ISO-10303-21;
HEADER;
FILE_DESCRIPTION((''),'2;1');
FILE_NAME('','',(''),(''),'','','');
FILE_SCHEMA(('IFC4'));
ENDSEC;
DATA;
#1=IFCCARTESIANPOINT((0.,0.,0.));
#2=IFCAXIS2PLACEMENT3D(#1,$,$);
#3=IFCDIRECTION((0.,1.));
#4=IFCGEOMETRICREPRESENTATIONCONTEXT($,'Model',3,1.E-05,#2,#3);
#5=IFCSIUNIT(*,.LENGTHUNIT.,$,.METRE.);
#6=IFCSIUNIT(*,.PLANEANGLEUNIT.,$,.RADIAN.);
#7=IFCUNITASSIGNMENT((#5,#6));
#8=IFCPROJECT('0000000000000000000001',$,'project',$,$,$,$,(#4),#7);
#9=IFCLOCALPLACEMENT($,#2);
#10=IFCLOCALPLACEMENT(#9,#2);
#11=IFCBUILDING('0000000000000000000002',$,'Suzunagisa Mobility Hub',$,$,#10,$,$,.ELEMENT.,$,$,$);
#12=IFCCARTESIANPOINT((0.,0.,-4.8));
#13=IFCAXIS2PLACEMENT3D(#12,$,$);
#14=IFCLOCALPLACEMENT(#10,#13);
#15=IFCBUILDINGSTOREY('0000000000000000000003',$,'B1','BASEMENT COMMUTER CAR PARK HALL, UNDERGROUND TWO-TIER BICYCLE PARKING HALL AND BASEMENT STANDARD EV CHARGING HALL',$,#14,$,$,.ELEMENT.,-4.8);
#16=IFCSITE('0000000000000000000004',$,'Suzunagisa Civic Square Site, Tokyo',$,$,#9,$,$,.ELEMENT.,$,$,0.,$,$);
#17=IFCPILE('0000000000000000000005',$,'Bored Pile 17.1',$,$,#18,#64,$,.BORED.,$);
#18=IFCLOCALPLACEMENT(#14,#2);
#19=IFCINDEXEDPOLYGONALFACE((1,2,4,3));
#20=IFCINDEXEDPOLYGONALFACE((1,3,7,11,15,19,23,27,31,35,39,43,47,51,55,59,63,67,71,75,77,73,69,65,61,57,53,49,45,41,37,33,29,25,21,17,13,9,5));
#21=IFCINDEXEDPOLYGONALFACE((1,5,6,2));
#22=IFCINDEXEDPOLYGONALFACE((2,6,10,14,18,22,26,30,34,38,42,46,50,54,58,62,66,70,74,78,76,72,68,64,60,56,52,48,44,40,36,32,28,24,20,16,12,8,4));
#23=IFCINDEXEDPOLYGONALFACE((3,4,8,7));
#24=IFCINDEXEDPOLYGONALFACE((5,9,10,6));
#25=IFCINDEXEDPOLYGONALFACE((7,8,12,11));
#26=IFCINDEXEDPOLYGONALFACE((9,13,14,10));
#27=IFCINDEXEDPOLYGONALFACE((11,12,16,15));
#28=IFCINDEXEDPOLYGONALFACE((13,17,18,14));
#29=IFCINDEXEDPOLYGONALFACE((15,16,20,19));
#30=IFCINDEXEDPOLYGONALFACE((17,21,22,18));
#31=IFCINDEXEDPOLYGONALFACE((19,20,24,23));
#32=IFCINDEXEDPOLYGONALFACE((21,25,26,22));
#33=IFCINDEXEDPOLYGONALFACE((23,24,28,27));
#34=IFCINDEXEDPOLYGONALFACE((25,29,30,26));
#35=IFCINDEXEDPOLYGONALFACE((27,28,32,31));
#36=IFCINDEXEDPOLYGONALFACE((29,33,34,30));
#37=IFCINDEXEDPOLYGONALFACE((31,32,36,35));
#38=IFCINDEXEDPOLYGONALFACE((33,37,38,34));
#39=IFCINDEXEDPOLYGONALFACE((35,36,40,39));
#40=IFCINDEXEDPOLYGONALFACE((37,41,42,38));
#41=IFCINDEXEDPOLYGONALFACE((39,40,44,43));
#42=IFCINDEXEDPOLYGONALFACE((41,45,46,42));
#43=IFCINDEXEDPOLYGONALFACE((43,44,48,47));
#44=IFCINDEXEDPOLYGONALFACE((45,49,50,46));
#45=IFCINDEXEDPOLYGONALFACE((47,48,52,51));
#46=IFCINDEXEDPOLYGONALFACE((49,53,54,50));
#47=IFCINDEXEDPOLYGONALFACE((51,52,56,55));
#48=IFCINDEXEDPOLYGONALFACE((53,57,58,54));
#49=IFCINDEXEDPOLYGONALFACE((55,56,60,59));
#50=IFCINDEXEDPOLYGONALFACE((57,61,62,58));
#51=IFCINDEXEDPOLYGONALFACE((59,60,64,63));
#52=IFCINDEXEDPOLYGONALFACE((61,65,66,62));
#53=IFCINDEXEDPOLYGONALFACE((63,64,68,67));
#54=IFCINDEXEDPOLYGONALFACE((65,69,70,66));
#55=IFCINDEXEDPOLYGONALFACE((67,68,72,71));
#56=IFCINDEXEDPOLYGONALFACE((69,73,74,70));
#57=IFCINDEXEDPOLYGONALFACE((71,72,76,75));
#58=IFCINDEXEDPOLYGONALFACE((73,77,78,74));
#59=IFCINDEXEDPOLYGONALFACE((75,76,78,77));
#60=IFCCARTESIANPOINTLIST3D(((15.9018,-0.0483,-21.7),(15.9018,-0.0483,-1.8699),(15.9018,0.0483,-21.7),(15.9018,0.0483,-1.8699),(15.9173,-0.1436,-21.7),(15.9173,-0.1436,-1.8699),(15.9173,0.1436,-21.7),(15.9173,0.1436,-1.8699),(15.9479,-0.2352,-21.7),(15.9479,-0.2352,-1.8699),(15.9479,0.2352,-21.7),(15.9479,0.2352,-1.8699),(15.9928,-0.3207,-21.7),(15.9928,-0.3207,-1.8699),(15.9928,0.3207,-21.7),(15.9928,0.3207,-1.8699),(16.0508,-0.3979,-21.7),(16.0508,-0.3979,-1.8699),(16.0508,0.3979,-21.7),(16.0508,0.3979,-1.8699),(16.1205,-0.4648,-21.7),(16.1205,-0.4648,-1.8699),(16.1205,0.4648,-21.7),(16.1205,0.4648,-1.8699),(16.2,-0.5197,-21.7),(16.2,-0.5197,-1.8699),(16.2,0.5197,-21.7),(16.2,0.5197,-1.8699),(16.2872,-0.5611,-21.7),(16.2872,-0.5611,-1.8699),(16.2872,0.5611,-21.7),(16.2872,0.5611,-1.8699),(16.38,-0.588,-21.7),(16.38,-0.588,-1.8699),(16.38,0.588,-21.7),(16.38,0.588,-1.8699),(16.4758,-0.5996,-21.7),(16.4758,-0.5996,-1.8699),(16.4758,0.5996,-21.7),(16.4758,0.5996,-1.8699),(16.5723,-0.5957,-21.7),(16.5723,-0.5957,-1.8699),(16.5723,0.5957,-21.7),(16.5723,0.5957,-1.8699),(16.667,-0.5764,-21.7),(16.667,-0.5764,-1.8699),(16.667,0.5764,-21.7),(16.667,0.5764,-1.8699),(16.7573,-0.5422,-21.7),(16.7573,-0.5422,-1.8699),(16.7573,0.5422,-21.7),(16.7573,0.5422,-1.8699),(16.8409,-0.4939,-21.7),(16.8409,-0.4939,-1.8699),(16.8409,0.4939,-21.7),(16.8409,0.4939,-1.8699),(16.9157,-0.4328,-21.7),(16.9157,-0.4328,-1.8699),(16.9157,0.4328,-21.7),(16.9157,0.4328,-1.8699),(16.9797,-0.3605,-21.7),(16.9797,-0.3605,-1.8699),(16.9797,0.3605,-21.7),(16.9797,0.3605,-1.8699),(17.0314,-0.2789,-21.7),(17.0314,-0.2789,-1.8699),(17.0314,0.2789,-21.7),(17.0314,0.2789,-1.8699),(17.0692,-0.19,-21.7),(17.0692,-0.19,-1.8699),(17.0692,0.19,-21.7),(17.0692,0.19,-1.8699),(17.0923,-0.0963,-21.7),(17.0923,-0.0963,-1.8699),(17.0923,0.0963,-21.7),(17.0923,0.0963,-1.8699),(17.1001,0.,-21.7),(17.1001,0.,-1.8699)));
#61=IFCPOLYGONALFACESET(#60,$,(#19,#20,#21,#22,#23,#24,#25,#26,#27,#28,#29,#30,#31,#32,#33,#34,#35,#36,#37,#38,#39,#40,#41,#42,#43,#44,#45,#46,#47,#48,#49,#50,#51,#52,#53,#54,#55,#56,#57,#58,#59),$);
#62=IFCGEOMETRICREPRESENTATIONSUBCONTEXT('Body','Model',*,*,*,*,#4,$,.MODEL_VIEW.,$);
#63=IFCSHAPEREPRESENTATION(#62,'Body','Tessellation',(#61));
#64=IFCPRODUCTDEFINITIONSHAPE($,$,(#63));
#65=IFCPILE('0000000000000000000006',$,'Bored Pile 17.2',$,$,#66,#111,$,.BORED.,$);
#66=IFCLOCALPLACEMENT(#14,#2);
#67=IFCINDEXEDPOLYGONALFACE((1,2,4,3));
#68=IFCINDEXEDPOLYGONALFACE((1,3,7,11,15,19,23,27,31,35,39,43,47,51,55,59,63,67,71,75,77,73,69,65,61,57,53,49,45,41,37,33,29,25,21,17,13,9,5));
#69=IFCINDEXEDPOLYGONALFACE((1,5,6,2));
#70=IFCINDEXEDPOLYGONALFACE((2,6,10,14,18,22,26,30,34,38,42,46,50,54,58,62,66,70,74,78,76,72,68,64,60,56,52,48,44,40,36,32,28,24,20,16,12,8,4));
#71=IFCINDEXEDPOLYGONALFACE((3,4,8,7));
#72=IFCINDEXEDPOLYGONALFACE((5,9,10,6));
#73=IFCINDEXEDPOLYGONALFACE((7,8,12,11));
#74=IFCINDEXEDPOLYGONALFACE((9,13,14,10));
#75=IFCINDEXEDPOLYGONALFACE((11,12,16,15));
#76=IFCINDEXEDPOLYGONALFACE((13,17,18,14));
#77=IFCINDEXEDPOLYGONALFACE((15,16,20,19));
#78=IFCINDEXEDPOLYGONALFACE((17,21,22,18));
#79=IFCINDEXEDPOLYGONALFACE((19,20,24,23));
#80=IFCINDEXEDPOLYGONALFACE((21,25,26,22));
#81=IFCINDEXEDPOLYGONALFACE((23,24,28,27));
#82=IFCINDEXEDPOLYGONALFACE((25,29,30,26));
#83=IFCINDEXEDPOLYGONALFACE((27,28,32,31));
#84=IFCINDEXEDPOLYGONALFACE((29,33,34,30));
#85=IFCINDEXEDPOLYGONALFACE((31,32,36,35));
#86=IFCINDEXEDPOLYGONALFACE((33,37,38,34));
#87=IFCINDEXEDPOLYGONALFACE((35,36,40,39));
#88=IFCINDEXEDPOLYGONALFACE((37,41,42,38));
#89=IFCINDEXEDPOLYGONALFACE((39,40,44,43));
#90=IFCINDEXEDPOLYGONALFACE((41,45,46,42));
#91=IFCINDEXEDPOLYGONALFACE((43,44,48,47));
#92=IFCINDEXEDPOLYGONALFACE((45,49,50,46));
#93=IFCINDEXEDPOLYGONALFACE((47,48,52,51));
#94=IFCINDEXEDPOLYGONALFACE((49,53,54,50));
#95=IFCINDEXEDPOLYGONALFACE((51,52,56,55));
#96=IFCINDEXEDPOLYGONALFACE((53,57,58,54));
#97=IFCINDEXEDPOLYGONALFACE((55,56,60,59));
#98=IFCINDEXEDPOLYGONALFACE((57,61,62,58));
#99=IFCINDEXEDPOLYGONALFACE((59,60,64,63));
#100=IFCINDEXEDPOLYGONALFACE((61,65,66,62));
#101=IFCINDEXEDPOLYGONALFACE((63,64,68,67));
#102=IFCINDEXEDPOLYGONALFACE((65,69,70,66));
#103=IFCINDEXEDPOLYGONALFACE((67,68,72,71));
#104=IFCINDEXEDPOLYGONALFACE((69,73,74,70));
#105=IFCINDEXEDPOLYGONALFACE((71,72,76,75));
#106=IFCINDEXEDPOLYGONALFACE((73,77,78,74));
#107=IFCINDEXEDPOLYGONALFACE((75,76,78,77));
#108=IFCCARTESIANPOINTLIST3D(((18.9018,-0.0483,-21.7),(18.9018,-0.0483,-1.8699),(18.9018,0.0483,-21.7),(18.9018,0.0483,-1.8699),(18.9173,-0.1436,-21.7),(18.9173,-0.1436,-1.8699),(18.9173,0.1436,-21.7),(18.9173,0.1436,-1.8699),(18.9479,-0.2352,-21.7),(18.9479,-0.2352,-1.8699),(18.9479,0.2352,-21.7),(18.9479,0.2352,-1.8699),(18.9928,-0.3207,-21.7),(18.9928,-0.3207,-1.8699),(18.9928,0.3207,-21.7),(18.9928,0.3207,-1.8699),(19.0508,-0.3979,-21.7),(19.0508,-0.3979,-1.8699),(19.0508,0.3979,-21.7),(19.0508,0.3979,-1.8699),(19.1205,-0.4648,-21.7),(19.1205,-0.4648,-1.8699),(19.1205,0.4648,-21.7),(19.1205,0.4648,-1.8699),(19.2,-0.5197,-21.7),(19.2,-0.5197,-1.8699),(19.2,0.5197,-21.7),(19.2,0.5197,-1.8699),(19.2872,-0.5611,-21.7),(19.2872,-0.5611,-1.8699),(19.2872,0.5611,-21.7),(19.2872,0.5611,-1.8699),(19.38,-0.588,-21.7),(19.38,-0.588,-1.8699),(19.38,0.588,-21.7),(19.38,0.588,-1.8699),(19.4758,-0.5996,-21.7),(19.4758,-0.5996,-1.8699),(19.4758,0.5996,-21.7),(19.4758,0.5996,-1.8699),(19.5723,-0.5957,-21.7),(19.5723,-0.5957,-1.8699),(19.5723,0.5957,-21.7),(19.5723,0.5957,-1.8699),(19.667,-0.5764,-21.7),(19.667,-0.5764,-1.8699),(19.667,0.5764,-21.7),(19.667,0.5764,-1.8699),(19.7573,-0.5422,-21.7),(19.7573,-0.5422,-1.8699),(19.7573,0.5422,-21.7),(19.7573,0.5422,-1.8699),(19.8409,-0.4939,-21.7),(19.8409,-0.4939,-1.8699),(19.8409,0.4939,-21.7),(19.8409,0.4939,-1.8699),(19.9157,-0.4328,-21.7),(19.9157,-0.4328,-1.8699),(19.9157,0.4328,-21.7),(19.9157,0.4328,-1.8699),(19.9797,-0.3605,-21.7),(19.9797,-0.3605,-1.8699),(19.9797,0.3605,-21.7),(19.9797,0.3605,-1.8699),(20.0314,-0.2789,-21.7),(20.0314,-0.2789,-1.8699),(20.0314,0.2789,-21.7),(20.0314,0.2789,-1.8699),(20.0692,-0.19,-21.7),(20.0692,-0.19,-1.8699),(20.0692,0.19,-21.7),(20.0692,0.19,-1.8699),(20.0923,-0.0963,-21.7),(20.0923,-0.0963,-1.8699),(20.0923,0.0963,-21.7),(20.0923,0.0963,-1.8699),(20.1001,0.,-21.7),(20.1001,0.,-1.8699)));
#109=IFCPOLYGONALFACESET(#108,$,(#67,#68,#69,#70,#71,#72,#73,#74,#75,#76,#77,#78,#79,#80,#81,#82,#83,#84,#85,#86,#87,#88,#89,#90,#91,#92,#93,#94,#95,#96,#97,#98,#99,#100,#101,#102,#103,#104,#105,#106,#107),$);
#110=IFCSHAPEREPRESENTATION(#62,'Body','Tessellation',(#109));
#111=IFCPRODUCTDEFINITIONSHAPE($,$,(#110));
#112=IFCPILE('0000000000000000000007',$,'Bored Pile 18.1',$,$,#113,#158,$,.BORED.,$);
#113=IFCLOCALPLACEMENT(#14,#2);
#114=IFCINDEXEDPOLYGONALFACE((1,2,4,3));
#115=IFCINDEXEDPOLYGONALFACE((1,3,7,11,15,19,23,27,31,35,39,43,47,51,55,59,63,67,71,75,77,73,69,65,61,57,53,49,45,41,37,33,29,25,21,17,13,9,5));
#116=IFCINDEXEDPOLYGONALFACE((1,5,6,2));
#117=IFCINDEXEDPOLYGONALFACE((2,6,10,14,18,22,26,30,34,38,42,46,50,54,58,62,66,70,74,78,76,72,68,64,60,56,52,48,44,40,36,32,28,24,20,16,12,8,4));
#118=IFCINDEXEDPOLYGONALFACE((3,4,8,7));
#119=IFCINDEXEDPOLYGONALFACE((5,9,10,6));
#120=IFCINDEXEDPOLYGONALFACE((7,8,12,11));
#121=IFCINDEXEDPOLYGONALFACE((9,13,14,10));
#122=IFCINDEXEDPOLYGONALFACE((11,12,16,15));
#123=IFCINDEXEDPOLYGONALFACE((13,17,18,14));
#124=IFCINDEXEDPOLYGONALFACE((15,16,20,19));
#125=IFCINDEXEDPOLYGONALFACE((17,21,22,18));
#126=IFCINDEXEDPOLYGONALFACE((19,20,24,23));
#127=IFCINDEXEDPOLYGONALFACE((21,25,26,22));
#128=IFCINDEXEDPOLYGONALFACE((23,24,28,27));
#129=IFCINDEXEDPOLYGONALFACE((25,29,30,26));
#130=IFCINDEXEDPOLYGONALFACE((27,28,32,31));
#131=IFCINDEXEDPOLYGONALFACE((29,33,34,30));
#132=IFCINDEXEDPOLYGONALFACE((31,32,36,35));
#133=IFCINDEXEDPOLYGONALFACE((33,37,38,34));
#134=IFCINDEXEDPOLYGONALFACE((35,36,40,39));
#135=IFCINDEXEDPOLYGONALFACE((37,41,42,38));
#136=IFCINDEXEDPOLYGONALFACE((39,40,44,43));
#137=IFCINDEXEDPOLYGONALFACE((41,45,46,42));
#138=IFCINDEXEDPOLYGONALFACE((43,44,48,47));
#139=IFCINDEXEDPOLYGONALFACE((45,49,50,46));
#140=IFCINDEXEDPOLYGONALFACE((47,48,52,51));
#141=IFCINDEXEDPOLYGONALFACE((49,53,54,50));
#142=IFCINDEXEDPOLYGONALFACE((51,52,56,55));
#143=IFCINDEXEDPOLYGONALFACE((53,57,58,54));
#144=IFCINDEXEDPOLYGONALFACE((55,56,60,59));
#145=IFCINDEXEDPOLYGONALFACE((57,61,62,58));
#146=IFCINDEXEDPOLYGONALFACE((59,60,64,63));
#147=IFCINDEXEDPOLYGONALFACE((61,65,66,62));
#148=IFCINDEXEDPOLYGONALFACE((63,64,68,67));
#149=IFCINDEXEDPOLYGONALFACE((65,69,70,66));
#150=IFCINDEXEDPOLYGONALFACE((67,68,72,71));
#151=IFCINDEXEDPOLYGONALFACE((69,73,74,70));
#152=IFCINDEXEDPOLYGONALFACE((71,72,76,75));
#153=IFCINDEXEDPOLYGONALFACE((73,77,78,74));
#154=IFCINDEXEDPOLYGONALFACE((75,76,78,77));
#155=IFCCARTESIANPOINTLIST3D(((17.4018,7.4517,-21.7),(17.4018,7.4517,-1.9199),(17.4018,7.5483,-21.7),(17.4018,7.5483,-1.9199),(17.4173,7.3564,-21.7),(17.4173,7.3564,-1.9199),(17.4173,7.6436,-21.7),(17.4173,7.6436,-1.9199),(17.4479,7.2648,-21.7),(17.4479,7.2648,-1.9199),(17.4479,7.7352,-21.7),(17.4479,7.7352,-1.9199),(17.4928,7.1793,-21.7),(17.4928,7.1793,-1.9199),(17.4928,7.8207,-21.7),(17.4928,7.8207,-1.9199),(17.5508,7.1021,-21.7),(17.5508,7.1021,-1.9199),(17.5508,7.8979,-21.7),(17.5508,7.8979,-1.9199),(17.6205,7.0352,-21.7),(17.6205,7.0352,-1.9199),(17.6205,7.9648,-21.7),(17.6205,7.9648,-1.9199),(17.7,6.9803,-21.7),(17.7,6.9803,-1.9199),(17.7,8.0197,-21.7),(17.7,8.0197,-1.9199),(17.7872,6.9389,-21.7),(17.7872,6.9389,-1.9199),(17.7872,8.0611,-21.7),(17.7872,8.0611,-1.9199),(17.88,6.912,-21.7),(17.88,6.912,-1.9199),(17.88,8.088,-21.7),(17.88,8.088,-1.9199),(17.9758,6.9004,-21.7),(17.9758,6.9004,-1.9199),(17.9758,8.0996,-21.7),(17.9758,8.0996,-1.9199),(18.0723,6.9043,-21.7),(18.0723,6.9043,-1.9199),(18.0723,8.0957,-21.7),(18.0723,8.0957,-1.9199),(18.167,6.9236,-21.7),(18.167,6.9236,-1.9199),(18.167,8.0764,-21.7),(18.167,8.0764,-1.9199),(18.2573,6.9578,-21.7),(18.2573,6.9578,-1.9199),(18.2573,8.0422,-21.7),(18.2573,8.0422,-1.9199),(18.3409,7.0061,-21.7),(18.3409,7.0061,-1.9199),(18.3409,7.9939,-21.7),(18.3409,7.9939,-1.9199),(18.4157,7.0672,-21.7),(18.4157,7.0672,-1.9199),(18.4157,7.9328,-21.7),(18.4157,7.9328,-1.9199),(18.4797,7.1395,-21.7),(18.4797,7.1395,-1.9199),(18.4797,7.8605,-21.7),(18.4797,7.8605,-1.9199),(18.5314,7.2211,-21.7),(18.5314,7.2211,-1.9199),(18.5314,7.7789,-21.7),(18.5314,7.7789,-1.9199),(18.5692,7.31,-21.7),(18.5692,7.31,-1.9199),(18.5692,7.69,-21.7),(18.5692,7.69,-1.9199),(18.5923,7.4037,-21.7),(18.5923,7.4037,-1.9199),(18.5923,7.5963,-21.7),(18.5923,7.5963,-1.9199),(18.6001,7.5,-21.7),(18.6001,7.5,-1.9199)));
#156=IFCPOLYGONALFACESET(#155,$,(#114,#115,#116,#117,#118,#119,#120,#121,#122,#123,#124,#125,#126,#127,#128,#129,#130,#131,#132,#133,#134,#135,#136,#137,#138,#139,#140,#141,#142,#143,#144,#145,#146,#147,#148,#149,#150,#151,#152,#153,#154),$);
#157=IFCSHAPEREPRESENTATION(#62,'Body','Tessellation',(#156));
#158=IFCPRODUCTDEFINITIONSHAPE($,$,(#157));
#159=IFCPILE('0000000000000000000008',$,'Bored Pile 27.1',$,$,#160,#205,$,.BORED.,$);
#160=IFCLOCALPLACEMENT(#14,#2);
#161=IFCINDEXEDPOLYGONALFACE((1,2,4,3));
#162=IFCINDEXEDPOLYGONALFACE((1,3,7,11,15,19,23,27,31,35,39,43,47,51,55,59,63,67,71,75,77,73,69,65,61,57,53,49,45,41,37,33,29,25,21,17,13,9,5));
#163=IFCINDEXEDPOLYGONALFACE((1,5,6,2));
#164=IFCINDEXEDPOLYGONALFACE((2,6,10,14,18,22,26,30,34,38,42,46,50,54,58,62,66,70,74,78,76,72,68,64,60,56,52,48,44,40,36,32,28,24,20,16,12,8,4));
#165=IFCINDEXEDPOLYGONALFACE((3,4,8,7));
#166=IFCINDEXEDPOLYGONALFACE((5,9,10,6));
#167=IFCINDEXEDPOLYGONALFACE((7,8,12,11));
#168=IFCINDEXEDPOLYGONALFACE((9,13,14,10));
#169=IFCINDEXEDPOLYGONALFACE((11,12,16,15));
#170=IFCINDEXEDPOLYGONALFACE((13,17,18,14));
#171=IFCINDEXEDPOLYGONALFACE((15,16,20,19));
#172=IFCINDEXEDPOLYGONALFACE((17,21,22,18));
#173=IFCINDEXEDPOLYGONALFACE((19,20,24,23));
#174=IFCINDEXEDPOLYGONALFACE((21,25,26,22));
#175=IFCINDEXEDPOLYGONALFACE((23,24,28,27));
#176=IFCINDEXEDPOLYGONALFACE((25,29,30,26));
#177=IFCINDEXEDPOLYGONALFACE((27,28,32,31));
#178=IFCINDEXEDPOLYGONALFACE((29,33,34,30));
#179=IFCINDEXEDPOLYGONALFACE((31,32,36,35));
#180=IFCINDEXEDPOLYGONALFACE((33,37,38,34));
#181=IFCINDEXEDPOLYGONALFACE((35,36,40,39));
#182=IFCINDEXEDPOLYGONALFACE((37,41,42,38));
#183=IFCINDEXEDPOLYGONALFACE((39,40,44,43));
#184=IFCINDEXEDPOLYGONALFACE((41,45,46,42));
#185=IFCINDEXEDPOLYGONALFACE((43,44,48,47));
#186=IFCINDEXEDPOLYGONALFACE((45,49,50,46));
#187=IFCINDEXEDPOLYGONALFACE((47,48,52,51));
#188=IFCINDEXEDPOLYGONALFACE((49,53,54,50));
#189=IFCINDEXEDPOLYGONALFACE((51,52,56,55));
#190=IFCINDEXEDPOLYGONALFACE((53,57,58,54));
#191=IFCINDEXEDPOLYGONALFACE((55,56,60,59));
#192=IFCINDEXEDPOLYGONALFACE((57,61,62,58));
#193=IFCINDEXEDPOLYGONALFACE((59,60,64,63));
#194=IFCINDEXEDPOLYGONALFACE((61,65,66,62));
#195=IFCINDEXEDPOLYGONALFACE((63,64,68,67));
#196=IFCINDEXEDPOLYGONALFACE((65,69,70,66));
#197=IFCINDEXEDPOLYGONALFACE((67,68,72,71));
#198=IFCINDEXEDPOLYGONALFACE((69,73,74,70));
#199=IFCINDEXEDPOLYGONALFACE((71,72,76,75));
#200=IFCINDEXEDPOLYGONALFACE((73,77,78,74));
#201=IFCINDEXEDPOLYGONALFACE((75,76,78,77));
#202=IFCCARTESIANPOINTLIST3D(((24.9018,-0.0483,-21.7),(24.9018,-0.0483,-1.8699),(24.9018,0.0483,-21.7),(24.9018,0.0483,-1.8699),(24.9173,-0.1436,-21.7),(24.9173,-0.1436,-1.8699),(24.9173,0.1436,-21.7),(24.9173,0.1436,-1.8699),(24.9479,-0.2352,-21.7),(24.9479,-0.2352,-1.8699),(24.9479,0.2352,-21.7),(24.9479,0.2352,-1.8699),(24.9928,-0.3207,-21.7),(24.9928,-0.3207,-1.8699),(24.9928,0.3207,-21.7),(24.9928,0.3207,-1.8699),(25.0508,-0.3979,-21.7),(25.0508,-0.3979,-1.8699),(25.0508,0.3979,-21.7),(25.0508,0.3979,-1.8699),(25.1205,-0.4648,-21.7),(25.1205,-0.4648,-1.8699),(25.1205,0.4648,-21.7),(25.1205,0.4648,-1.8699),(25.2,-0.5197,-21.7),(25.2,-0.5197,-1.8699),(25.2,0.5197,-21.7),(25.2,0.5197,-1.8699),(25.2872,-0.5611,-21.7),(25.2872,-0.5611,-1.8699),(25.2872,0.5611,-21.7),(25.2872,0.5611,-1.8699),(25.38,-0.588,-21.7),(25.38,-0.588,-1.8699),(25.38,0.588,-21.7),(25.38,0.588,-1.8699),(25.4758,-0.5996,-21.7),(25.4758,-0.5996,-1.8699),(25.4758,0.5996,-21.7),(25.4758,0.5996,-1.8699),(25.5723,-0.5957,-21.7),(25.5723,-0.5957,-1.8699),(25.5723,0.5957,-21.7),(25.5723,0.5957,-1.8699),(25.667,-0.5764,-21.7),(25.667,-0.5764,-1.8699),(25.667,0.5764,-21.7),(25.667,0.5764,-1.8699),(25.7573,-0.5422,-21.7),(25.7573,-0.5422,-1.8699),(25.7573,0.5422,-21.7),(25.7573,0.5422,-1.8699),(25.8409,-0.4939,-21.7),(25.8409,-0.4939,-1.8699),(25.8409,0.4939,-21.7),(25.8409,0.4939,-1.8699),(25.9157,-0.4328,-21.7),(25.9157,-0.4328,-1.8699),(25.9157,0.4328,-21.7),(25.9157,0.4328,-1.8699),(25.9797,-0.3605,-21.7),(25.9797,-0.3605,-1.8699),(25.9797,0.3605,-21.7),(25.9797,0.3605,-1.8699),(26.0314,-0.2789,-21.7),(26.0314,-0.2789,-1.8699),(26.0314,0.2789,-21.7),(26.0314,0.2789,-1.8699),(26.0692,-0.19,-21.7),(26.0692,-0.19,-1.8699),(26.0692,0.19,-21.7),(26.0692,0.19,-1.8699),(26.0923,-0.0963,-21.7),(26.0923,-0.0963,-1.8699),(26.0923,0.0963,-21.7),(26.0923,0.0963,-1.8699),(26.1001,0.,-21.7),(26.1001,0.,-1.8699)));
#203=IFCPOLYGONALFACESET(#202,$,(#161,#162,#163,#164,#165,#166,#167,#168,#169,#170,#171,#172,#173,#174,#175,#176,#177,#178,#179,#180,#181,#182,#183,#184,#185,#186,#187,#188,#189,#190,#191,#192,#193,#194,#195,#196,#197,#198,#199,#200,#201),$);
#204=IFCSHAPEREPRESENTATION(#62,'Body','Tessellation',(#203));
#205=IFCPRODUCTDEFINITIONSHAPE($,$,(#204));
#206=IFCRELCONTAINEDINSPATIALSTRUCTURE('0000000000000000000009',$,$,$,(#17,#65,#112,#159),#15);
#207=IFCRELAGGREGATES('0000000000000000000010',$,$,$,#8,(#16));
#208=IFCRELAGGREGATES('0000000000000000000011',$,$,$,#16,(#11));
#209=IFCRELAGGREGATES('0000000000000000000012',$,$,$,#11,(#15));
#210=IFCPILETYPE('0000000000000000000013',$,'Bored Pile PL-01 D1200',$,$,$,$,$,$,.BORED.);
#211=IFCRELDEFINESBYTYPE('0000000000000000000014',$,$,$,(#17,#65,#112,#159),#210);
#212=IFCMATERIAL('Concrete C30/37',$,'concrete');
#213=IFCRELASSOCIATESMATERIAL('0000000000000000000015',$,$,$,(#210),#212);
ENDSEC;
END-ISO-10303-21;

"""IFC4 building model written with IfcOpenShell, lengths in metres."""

from ifc_helpers import new_model, si_unit, direction, frame, origin, origin_2d, place, context, subcontext, project, spatial, circle, extrude, material, material_profile, profile_set, type_object, element, save


model = new_model("IFC4")

# Units and contexts
model_context = context("Model", 3, precision=1e-05, world=origin(), true_north=direction((0.0, 1.0)))
body_context = subcontext(model_context, "Body", "Model", "MODEL_VIEW")
ifc_project = project(units=[si_unit("LENGTHUNIT", "METRE"), si_unit("PLANEANGLEUNIT", "RADIAN")], contexts=[model_context])

# Site, building, storey
site_placement = place(None, origin())
site = spatial("IfcSite", under=ifc_project, at=site_placement, Name="Suzunagisa Civic Square Site, Tokyo", CompositionType="ELEMENT", RefElevation=0.0)
building_placement = place(site_placement, origin())
building = spatial("IfcBuilding", under=site, at=building_placement, Name="Suzunagisa Mobility Hub", CompositionType="ELEMENT")
storey_placement = place(building_placement, frame((0.0, 0.0, -4.8)))
storey = spatial("IfcBuildingStorey", under=building, at=storey_placement, Name="B1", Description="BASEMENT COMMUTER CAR PARK HALL, UNDERGROUND TWO-TIER BICYCLE PARKING HALL AND BASEMENT STANDARD EV CHARGING HALL", CompositionType="ELEMENT", Elevation=-4.8)

# Piles
ifc_material_1 = material(Name="Concrete C30/37", Category="concrete")
ifc_material_profile_1 = material_profile(ifc_material_1, circle(Radius=0.6001, at=origin_2d()), Name="BORED PILE D1200")
ifc_profile_set_1 = profile_set([ifc_material_profile_1], Name="Concrete C30/37")
pile_type = type_object("IfcPileType", Name="Bored Pile PL-01 D1200", PredefinedType="BORED", material=ifc_profile_set_1)
for number, where, z_axis, x_axis, name in (
    (1, (16.5, 0.0, -1.8699), (0.0, 0.0, -1.0), (1.0, 0.0, 0.0), "Bored Pile 17.1"),
    (2, (19.5, 0.0, -1.8699), (0.0, 0.0, -1.0), (1.0, 0.0, 0.0), "Bored Pile 17.2"),
):
    element("IfcPile", number, at=place(storey_placement, frame(where, z_axis=z_axis, x_axis=x_axis)), inside=storey, type_object=pile_type, Name=name, PredefinedType="BORED", context=body_context, shape_type="SweptSolid", body=[
        extrude(circle(Radius=0.6001, at=origin_2d()), origin(), (0.0, 0.0, 1.0), 19.8301),
    ])
pile_1_placement = place(storey_placement, frame((18.0, 7.5, -1.9199), z_axis=(0.0, 0.0, -1.0), x_axis=(1.0, 0.0, 0.0)))
element("IfcPile", 3, at=pile_1_placement, inside=storey, type_object=pile_type, Name="Bored Pile 18.1", PredefinedType="BORED", context=body_context, shape_type="SweptSolid", body=[
    extrude(circle(Radius=0.6001, at=origin_2d()), origin(), (0.0, 0.0, 1.0), 19.78),
])
pile_2_placement = place(storey_placement, frame((25.5, 0.0, -1.8699), z_axis=(0.0, 0.0, -1.0), x_axis=(1.0, 0.0, 0.0)))
element("IfcPile", 4, at=pile_2_placement, inside=storey, type_object=pile_type, Name="Bored Pile 27.1", PredefinedType="BORED", context=body_context, shape_type="SweptSolid", body=[
    extrude(circle(Radius=0.6001, at=origin_2d()), origin(), (0.0, 0.0, 1.0), 19.8301),
])

save(model, "model.ifc")
